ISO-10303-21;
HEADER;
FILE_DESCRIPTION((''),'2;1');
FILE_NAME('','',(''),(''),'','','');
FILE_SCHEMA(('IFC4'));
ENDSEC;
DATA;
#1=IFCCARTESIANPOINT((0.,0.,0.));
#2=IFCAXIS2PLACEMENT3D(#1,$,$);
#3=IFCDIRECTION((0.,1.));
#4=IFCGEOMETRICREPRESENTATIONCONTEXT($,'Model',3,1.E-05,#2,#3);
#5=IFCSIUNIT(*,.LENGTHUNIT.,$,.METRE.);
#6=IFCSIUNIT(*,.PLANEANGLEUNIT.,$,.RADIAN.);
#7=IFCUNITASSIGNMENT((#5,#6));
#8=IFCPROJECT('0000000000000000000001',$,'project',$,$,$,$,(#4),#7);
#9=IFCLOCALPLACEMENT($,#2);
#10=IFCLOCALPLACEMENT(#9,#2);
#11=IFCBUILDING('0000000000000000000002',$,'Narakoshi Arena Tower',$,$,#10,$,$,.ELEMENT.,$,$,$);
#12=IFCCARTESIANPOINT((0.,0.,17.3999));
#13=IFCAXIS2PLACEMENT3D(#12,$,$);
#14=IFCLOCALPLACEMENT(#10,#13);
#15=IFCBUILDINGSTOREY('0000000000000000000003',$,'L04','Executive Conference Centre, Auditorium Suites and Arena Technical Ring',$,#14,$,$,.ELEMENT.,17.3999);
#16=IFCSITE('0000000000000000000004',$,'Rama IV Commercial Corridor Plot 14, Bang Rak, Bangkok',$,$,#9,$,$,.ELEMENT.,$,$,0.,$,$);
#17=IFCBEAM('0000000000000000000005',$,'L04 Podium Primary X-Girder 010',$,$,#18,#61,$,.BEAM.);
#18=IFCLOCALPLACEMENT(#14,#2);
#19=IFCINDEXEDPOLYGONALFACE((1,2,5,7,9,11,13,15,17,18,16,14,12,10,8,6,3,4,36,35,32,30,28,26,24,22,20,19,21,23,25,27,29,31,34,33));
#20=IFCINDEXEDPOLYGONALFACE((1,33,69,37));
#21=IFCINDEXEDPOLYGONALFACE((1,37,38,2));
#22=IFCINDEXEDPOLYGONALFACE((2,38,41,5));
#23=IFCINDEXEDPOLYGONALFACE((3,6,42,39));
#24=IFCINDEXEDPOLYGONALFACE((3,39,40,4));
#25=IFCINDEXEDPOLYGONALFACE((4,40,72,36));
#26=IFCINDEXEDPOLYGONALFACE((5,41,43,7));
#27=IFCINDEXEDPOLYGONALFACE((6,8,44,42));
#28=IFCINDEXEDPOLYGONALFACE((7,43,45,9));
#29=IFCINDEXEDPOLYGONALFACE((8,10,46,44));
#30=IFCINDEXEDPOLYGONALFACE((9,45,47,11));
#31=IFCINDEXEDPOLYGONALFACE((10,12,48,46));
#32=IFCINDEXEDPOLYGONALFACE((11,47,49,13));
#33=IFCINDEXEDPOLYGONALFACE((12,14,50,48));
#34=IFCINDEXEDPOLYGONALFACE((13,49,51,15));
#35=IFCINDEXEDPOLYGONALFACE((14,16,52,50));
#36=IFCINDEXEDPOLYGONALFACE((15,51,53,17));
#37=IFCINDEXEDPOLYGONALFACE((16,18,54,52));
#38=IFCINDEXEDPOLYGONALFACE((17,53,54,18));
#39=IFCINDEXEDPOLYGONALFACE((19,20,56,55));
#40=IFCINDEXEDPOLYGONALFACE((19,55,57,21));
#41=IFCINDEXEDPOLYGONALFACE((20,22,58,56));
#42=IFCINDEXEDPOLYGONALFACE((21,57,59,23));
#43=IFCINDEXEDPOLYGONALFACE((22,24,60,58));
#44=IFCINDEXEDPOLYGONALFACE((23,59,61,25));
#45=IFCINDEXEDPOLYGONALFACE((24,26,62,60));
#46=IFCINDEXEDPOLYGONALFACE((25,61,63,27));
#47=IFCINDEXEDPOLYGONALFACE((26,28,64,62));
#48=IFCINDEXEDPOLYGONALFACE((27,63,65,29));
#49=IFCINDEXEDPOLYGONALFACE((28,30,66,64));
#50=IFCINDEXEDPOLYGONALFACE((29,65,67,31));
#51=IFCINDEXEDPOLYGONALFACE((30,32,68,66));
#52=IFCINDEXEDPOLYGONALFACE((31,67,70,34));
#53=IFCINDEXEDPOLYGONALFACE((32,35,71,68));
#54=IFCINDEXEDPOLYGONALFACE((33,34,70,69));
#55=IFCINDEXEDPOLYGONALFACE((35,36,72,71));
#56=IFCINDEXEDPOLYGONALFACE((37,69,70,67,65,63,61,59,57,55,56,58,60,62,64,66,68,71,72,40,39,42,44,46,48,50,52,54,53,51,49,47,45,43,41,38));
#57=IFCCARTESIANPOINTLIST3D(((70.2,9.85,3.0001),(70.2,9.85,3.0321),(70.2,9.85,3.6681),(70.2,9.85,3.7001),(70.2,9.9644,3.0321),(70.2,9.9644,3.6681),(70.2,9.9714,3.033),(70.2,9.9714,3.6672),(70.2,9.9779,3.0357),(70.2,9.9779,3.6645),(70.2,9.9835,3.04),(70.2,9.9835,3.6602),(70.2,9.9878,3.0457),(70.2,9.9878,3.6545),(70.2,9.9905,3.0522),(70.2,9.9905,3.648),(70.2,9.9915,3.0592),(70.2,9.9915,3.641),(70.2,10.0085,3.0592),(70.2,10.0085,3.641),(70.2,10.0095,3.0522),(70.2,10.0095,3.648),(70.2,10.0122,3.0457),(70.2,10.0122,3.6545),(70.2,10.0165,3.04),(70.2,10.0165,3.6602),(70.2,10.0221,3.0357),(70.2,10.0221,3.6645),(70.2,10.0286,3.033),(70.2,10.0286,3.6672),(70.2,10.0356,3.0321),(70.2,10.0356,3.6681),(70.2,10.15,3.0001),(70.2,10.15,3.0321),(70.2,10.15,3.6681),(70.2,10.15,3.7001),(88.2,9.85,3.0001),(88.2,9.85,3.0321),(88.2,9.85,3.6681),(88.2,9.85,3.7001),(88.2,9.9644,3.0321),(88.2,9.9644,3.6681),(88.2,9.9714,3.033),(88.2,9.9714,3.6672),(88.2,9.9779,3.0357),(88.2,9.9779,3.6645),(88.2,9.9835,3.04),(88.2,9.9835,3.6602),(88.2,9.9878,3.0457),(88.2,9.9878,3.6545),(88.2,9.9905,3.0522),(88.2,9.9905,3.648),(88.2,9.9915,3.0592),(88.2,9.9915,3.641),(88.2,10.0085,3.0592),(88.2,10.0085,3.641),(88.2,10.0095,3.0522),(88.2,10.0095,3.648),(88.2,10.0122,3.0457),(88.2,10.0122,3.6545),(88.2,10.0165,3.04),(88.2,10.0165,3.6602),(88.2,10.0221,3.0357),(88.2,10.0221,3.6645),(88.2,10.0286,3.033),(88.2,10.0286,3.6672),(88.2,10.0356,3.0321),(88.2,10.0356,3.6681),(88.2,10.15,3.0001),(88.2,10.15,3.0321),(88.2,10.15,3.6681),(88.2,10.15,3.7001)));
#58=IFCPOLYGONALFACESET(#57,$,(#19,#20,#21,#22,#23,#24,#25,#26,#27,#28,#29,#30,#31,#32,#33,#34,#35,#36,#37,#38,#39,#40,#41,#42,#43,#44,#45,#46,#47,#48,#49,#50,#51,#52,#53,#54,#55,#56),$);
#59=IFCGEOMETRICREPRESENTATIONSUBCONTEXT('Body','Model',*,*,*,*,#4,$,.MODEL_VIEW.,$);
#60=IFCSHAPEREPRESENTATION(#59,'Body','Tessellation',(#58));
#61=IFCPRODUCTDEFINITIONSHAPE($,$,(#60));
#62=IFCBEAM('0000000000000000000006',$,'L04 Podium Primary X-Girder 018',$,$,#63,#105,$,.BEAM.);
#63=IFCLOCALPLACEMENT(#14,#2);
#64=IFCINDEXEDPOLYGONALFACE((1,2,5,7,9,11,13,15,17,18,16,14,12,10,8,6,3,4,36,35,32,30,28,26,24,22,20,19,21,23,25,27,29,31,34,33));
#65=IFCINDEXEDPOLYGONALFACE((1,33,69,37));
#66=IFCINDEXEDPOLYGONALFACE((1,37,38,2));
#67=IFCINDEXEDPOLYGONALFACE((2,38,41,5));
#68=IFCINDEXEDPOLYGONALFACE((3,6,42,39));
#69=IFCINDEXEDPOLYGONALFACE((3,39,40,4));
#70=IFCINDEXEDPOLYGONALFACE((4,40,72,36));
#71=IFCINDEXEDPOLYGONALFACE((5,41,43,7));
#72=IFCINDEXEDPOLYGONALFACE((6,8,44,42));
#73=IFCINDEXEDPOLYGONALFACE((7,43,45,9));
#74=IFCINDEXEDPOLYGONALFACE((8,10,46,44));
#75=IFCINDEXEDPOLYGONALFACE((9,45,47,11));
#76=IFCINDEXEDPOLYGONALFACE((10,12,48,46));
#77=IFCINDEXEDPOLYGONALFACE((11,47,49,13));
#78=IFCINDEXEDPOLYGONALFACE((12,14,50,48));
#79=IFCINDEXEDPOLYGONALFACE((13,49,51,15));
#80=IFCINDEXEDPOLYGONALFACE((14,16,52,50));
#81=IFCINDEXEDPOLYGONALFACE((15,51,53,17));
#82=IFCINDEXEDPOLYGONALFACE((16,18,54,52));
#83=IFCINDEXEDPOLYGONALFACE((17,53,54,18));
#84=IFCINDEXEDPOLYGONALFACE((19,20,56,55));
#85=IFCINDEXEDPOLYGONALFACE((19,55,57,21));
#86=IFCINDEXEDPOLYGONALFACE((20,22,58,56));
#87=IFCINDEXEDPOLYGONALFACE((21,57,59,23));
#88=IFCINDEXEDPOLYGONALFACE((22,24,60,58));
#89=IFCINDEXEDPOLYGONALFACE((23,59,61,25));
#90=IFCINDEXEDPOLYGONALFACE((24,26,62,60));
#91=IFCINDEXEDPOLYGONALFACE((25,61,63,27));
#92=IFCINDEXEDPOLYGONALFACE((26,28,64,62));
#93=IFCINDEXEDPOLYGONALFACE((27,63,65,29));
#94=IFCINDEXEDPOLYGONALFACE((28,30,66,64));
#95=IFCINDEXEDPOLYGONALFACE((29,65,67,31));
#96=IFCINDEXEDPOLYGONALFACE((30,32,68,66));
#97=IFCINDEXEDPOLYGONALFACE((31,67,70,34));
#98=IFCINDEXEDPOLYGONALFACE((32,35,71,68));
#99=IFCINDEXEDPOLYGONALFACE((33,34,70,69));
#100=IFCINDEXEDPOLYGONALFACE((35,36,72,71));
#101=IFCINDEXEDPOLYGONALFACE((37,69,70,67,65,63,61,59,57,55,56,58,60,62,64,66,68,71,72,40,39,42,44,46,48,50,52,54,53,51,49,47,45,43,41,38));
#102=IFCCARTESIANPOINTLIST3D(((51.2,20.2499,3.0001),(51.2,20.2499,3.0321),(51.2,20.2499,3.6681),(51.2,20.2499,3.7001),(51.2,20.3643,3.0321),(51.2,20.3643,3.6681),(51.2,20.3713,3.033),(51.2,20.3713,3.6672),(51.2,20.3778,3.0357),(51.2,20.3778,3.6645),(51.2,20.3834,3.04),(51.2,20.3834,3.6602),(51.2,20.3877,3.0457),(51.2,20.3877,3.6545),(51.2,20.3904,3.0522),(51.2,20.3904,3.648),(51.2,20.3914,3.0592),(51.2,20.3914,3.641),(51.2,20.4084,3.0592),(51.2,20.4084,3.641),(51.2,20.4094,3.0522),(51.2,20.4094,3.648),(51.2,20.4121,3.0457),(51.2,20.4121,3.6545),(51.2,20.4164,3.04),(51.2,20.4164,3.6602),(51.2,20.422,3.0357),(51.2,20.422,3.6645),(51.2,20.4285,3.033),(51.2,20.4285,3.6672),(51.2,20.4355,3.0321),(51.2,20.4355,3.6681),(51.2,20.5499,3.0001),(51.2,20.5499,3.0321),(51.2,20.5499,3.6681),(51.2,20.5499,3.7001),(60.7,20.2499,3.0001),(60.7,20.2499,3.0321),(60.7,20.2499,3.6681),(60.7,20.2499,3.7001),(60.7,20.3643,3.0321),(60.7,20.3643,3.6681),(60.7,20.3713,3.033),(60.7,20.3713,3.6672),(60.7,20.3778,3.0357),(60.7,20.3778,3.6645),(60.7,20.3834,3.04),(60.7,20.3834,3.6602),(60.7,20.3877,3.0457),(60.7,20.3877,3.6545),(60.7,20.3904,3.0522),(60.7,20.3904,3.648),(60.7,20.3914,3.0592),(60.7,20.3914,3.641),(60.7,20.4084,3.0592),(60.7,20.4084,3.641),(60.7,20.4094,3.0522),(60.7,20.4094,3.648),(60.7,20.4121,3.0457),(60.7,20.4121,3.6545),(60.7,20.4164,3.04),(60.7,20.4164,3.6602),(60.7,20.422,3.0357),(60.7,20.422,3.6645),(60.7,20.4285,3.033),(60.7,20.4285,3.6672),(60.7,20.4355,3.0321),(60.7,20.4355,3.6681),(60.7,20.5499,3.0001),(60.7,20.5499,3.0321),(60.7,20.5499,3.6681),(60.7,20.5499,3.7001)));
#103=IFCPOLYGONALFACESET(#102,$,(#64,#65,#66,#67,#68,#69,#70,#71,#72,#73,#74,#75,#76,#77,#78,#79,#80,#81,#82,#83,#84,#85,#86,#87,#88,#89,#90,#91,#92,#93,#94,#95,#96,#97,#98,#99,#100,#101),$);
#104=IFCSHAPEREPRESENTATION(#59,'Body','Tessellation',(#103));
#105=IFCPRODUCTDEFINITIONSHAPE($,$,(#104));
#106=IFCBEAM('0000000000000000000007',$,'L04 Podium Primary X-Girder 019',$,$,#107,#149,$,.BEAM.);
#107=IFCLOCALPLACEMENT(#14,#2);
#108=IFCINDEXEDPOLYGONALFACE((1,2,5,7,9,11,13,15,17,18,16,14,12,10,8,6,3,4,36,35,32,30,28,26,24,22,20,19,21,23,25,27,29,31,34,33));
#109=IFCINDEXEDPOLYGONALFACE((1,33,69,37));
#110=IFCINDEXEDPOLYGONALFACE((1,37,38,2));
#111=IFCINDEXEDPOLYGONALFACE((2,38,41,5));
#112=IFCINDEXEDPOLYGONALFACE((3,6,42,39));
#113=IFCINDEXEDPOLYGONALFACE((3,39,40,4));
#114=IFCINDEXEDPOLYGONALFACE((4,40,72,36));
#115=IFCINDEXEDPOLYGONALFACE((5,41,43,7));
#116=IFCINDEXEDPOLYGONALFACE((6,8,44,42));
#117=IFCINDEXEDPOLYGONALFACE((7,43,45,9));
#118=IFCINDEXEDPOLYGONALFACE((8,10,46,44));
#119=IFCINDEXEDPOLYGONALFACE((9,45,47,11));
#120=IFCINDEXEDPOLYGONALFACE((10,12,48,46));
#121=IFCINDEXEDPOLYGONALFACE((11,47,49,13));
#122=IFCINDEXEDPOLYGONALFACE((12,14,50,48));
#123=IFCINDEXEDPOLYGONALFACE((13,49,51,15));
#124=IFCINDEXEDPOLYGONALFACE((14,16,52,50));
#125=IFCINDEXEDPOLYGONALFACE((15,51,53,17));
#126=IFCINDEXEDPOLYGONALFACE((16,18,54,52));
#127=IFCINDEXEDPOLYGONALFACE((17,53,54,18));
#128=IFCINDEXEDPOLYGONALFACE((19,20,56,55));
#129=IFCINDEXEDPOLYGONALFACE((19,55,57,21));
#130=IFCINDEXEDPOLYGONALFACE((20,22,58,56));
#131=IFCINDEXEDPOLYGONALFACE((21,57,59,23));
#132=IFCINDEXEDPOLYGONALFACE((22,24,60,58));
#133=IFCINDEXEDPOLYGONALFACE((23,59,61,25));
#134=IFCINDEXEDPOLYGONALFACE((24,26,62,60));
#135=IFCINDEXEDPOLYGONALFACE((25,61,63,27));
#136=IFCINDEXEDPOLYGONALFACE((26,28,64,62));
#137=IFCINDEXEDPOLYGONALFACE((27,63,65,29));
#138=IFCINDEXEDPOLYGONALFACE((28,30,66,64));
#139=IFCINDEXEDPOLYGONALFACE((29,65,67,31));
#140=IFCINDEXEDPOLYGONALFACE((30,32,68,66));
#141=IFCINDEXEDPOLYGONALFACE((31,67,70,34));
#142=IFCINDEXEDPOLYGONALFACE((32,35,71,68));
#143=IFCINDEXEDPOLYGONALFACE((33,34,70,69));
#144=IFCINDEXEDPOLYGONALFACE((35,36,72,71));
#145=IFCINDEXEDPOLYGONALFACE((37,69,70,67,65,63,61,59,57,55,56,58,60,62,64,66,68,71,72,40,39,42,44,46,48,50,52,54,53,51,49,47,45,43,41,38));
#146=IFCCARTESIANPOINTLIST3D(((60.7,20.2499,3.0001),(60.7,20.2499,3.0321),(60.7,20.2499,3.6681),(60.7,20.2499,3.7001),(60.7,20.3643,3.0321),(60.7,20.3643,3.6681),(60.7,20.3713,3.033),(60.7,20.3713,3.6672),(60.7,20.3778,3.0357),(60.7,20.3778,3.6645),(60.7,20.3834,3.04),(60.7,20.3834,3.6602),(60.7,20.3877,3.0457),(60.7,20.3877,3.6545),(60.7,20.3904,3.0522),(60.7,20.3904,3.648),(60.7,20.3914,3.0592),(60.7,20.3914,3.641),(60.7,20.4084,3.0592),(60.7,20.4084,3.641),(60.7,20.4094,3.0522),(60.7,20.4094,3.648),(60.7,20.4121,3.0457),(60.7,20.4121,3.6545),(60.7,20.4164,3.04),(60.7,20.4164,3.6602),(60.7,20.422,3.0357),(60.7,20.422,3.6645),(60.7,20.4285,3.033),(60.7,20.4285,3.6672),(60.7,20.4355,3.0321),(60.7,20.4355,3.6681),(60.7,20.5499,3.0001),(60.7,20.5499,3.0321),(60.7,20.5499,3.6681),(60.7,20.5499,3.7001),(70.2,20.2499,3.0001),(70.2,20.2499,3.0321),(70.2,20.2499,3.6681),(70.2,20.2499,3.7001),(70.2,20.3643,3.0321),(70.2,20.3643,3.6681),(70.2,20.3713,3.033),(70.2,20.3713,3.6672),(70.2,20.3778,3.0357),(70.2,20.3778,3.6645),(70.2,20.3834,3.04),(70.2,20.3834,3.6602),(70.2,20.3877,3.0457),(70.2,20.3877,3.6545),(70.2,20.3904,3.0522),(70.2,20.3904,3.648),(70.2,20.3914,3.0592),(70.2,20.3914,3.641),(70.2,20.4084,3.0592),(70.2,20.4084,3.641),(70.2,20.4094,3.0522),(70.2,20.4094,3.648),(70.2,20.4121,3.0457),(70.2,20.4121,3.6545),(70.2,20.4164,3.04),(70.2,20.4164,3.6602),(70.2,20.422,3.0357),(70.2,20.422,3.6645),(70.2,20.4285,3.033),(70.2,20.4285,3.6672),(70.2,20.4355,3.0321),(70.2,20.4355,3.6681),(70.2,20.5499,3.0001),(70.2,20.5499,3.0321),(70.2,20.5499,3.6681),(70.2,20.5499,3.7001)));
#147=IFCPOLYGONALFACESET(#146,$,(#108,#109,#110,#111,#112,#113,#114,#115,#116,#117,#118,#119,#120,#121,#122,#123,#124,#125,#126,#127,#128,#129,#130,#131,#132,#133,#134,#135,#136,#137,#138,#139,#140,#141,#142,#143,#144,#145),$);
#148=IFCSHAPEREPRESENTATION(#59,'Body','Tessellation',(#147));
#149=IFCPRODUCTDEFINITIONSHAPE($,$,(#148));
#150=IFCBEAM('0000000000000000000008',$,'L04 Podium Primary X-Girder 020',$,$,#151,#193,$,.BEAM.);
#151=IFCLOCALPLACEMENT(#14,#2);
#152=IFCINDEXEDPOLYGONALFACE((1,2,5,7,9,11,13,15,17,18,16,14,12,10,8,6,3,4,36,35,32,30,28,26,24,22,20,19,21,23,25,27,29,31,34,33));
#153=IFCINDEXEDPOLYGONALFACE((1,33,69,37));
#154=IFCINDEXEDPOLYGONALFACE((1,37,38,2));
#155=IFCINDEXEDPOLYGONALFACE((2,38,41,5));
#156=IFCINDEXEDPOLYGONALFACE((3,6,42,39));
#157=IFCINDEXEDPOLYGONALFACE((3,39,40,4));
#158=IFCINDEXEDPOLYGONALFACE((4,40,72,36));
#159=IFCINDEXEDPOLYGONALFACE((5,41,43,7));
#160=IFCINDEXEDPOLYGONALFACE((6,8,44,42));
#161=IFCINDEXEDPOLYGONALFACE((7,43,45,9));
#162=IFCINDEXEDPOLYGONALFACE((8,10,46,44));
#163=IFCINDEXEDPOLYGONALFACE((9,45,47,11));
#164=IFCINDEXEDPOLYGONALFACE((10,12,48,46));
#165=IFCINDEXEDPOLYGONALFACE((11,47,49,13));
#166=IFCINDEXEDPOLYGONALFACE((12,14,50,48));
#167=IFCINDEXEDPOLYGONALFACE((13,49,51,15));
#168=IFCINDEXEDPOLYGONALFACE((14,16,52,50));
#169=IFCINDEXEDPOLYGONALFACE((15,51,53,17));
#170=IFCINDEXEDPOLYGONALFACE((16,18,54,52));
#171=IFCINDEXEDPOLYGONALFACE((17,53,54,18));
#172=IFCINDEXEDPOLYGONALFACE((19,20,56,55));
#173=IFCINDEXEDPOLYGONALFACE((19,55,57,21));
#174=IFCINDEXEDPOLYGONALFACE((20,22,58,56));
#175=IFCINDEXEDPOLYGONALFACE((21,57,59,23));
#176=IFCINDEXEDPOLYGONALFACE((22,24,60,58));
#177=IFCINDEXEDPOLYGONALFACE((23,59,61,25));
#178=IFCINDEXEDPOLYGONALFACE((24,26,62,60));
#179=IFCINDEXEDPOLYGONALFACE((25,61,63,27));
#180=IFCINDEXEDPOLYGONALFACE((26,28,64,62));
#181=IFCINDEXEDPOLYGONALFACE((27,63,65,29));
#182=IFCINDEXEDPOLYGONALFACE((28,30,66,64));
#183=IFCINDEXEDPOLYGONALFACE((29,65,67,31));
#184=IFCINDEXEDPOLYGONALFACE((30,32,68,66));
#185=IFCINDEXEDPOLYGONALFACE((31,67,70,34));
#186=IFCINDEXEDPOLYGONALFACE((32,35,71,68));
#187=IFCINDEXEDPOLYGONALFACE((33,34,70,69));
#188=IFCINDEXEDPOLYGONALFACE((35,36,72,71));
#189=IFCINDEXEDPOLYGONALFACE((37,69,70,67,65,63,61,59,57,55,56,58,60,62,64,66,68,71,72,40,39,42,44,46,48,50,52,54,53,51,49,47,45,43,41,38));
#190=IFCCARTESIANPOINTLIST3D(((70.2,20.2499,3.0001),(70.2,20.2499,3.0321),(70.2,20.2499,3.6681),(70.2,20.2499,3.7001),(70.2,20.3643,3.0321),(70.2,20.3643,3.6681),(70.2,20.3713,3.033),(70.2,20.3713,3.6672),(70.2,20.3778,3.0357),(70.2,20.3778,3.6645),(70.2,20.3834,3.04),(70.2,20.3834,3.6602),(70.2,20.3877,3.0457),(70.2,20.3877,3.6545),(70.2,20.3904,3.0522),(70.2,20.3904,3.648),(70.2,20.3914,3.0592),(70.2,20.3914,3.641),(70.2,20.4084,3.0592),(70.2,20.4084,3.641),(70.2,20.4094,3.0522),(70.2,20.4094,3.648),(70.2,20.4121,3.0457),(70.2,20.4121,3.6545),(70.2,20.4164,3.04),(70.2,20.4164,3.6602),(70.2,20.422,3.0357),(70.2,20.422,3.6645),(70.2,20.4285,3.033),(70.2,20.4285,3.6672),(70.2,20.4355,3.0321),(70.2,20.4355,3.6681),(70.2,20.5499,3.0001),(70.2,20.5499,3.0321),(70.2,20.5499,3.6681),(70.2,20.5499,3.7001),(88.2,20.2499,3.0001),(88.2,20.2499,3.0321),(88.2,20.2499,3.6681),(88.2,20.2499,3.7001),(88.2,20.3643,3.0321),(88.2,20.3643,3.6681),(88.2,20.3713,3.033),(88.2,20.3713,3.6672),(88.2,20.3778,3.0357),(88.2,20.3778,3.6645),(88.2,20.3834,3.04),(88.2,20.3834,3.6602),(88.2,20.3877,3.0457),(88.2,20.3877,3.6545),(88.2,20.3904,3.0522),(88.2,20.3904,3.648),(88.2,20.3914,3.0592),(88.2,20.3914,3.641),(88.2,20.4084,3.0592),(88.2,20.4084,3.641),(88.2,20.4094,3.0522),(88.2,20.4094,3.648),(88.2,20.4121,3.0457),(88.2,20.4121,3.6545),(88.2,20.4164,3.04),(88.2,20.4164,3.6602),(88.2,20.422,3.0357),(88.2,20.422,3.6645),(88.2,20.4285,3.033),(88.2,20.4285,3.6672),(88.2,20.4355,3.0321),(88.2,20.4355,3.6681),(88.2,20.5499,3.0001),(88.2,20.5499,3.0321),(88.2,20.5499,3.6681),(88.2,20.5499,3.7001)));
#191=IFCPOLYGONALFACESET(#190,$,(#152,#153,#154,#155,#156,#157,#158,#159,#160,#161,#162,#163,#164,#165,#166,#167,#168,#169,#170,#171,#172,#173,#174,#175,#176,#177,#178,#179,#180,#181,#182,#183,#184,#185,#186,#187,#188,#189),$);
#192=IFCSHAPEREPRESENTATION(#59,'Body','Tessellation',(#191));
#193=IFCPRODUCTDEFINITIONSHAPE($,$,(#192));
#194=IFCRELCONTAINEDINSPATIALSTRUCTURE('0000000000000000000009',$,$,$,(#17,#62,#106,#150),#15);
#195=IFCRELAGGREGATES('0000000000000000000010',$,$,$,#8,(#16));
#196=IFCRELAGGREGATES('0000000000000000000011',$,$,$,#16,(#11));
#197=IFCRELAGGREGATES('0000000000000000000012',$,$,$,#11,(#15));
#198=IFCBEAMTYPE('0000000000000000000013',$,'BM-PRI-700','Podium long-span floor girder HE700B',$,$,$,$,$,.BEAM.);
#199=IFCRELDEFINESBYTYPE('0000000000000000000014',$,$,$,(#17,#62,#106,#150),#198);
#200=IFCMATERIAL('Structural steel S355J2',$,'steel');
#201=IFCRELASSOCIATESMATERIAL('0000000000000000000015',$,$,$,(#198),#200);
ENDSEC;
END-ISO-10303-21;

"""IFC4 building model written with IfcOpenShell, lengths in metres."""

from ifc_helpers import new_model, si_unit, direction, frame, origin, origin_2d, place, context, subcontext, project, spatial, i_section, extrude, material, material_profile, profile_set, type_object, element, save


model = new_model("IFC4")

# Units and contexts
model_context = context("Model", 3, precision=1e-05, world=origin(), true_north=direction((0.0, 1.0)))
body_context = subcontext(model_context, "Body", "Model", "MODEL_VIEW")
ifc_project = project(units=[si_unit("LENGTHUNIT", "METRE"), si_unit("PLANEANGLEUNIT", "RADIAN")], contexts=[model_context])

# Site, building, storey
site_placement = place(None, origin())
site = spatial("IfcSite", under=ifc_project, at=site_placement, Name="Rama IV Commercial Corridor Plot 14, Bang Rak, Bangkok", CompositionType="ELEMENT", RefElevation=0.0)
building_placement = place(site_placement, origin())
building = spatial("IfcBuilding", under=site, at=building_placement, Name="Narakoshi Arena Tower", CompositionType="ELEMENT")
storey_placement = place(building_placement, frame((0.0, 0.0, 17.3999)))
storey = spatial("IfcBuildingStorey", under=building, at=storey_placement, Name="L04", Description="Executive Conference Centre, Auditorium Suites and Arena Technical Ring", CompositionType="ELEMENT", Elevation=17.3999)

# Beams
ifc_material_1 = material(Name="Structural steel S355J2", Category="steel")
ifc_material_profile_1 = material_profile(ifc_material_1, i_section(OverallWidth=0.3, OverallDepth=0.7, WebThickness=0.0171, FlangeThickness=0.032, FilletRadius=0.0271, at=origin_2d()), Name="HE700B")
ifc_profile_set_1 = profile_set([ifc_material_profile_1], Name="Structural steel S355J2")
beam_type_1 = type_object("IfcBeamType", Name="BM-PRI-700", Description="Podium long-span floor girder HE700B", PredefinedType="BEAM", material=ifc_profile_set_1)
beam_1_placement = place(storey_placement, frame((70.2, 10.0, 3.3501), z_axis=(1.0, 0.0, 0.0), x_axis=(0.0, 1.0, 0.0)))
element("IfcBeam", 1, at=beam_1_placement, inside=storey, type_object=beam_type_1, Name="L04 Podium Primary X-Girder 010", PredefinedType="BEAM", context=body_context, shape_type="SweptSolid", body=[
    extrude(i_section(OverallWidth=0.3, OverallDepth=0.7, WebThickness=0.0171, FlangeThickness=0.032, FilletRadius=0.0271, at=origin_2d()), origin(), (0.0, 0.0, 1.0), 18.0),
])
for number, where, z_axis, x_axis, name in (
    (2, (51.2, 20.3999, 3.3501), (1.0, 0.0, 0.0), (0.0, 1.0, 0.0), "L04 Podium Primary X-Girder 018"),
    (3, (60.7, 20.3999, 3.3501), (1.0, 0.0, 0.0), (0.0, 1.0, 0.0), "L04 Podium Primary X-Girder 019"),
):
    element("IfcBeam", number, at=place(storey_placement, frame(where, z_axis=z_axis, x_axis=x_axis)), inside=storey, type_object=beam_type_1, Name=name, PredefinedType="BEAM", context=body_context, shape_type="SweptSolid", body=[
        extrude(i_section(OverallWidth=0.3, OverallDepth=0.7, WebThickness=0.0171, FlangeThickness=0.032, FilletRadius=0.0271, at=origin_2d()), origin(), (0.0, 0.0, 1.0), 9.5),
    ])
beam_2_placement = place(storey_placement, frame((70.2, 20.3999, 3.3501), z_axis=(1.0, 0.0, 0.0), x_axis=(0.0, 1.0, 0.0)))
element("IfcBeam", 4, at=beam_2_placement, inside=storey, type_object=beam_type_1, Name="L04 Podium Primary X-Girder 020", PredefinedType="BEAM", context=body_context, shape_type="SweptSolid", body=[
    extrude(i_section(OverallWidth=0.3, OverallDepth=0.7, WebThickness=0.0171, FlangeThickness=0.032, FilletRadius=0.0271, at=origin_2d()), origin(), (0.0, 0.0, 1.0), 18.0),
])

save(model, "model.ifc")
